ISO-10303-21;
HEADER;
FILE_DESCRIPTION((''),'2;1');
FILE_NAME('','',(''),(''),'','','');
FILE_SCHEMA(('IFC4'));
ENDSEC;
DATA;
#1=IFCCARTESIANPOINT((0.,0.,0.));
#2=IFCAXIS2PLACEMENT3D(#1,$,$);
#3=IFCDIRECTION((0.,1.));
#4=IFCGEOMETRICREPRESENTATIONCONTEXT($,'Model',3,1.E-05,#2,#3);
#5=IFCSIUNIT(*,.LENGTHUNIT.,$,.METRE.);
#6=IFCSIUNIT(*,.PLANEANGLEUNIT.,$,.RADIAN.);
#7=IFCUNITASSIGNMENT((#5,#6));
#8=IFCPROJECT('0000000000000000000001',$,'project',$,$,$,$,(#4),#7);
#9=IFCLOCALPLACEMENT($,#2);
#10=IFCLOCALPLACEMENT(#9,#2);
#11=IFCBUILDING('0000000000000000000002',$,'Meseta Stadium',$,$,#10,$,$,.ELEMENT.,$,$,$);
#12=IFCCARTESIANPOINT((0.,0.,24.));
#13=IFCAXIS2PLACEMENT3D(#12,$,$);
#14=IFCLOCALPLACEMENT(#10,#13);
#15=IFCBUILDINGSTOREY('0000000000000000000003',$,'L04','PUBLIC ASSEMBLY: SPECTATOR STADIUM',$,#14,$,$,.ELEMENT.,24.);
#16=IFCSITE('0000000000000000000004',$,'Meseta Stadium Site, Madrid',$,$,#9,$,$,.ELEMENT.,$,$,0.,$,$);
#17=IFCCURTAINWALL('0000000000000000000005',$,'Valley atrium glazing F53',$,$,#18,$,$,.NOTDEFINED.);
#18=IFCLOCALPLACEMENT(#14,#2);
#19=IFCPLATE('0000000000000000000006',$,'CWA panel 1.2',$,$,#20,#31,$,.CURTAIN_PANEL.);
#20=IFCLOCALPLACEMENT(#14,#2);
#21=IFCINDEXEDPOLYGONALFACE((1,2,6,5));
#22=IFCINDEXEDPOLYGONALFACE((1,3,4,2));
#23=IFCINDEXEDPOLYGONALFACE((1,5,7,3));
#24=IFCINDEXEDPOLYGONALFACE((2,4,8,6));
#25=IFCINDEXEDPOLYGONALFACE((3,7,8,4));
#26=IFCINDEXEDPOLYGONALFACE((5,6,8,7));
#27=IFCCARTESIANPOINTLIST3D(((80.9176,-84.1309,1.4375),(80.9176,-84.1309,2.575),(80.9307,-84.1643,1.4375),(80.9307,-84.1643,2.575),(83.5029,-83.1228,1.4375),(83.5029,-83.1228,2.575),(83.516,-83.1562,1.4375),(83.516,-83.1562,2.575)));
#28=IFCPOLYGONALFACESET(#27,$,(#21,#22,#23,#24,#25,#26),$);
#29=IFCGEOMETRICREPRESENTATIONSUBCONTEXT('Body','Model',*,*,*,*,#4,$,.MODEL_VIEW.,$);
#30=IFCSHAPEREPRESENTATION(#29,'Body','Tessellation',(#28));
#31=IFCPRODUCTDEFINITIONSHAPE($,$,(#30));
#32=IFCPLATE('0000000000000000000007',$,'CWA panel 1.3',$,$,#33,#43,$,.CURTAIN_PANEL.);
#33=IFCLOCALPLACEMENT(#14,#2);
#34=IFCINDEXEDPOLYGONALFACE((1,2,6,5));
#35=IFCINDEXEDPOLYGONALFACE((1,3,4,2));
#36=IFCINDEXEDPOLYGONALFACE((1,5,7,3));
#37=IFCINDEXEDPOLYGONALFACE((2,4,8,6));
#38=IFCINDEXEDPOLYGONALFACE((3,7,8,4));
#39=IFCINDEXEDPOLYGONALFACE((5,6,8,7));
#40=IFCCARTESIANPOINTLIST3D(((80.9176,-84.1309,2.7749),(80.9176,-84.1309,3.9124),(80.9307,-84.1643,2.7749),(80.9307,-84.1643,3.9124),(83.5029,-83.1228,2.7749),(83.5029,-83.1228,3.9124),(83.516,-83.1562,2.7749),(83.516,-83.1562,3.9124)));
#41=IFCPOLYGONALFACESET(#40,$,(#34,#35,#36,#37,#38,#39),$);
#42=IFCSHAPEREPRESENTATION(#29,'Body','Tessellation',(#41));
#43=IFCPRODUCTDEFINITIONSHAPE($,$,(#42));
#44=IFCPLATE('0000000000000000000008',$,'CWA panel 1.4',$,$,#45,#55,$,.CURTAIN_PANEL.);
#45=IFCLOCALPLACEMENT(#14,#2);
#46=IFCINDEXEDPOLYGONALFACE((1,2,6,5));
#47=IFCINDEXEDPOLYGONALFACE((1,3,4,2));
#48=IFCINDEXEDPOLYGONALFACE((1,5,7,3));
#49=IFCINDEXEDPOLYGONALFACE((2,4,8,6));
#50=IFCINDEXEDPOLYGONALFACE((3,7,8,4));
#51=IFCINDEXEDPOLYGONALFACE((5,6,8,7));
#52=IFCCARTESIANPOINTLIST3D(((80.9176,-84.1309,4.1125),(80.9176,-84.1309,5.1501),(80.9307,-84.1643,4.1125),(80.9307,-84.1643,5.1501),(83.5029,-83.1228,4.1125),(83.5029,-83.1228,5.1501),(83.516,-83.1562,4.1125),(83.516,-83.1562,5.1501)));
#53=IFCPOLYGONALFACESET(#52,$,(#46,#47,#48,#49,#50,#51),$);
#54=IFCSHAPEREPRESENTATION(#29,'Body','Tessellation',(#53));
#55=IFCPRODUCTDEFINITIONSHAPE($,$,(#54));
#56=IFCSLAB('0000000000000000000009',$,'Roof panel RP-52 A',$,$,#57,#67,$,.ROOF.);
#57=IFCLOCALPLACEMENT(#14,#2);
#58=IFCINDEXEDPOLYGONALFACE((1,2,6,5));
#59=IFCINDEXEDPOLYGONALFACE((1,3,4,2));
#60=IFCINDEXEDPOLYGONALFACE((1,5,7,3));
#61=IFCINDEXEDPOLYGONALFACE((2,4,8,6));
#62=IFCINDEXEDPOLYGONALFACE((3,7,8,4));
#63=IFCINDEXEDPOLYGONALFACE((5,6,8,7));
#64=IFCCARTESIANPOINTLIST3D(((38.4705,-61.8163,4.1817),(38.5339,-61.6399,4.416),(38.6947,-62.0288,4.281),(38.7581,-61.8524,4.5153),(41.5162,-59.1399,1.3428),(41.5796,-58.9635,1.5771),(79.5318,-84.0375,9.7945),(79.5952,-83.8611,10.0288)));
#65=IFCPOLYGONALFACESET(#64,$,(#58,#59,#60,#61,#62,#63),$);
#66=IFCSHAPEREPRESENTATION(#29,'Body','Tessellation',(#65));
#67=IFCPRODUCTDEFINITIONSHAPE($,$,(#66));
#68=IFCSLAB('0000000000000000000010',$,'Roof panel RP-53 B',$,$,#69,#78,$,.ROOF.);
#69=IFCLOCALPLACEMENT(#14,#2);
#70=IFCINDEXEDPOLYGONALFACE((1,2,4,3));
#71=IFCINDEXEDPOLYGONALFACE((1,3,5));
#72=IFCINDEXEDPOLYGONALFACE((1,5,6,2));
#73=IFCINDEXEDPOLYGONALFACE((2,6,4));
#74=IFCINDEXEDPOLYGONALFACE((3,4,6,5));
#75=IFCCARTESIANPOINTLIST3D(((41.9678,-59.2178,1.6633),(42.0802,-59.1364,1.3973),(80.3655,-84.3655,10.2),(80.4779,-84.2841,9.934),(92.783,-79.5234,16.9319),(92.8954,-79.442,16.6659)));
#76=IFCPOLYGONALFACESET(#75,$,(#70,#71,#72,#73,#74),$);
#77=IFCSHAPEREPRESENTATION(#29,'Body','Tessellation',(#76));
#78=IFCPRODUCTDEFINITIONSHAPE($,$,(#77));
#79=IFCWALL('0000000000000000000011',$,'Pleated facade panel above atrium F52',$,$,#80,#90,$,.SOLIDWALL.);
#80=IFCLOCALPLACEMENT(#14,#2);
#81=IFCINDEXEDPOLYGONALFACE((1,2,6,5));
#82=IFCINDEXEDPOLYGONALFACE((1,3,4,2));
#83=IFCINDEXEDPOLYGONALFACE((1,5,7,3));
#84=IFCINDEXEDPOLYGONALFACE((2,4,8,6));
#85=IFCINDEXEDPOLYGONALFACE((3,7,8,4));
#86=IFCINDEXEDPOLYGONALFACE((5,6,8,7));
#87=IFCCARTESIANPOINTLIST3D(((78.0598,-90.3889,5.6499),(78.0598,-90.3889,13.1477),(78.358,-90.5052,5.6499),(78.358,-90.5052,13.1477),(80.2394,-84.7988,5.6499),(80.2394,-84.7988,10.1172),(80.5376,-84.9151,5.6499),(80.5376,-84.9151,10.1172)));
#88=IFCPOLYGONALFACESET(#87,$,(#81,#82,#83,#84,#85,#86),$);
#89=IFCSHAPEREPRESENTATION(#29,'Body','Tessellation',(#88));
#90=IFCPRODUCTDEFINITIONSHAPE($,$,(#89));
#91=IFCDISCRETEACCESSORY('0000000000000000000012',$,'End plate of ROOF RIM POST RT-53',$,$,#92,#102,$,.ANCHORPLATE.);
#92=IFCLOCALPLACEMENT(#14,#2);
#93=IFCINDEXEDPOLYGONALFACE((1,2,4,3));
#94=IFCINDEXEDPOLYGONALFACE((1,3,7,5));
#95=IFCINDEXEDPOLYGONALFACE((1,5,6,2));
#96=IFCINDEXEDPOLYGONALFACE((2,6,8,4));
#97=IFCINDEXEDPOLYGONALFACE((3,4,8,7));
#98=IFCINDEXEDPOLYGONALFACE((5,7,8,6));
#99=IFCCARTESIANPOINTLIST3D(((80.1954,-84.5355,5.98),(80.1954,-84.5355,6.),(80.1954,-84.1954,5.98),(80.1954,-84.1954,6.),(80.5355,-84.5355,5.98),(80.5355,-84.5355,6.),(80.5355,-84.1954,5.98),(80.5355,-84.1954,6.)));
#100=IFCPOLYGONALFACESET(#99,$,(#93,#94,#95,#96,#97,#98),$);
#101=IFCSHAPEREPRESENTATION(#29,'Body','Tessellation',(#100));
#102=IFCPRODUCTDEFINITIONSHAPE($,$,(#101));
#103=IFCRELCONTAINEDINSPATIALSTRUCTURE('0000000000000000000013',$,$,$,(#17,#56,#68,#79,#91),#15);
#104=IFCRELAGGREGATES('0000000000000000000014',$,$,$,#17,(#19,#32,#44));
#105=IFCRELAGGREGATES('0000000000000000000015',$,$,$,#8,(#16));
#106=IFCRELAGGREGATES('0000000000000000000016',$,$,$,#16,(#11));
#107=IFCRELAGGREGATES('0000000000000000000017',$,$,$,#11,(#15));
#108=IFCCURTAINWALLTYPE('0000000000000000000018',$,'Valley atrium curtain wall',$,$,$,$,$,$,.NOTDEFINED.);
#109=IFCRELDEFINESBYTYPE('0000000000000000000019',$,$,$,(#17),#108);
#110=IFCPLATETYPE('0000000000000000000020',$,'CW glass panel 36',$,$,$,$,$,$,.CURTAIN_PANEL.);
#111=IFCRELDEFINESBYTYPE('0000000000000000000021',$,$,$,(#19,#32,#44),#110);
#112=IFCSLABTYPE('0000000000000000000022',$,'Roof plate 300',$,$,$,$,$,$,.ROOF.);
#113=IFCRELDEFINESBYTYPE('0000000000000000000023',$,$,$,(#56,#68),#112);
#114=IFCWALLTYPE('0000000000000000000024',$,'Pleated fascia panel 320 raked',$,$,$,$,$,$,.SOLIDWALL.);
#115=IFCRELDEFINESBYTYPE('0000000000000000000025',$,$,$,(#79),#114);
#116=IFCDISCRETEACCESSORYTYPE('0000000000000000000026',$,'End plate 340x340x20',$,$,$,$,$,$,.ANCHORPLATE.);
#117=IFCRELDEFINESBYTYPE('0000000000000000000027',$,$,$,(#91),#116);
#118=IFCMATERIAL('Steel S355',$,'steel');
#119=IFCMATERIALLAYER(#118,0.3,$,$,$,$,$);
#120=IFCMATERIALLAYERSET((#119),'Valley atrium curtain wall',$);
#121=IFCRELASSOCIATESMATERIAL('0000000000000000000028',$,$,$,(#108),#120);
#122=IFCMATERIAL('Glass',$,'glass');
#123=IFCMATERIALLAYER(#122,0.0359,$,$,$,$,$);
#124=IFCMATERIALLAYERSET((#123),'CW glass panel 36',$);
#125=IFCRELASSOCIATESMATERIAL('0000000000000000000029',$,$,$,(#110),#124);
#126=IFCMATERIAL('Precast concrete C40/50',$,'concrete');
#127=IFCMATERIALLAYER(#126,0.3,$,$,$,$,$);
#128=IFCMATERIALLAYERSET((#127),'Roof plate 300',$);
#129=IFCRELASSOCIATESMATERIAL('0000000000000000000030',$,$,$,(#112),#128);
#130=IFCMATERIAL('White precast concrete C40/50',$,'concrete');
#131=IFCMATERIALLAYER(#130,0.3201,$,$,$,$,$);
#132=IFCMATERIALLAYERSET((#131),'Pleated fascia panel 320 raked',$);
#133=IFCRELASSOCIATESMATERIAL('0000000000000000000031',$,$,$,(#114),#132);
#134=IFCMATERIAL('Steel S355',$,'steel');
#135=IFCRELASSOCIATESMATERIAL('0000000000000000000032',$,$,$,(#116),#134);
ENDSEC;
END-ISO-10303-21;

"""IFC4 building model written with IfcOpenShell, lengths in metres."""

from ifc_helpers import new_model, si_unit, direction, frame, origin, origin_2d, place, context, subcontext, project, spatial, polyline, rectangle, outline, extrude, material, layer, layer_set, material_profile, profile_set, type_object, element, aggregate, save


model = new_model("IFC4")

# Units and contexts
model_context = context("Model", 3, precision=1e-05, world=origin(), true_north=direction((0.0, 1.0)))
body_context = subcontext(model_context, "Body", "Model", "MODEL_VIEW")
ifc_project = project(units=[si_unit("LENGTHUNIT", "METRE"), si_unit("PLANEANGLEUNIT", "RADIAN")], contexts=[model_context])

# Site, building, storey
site_placement = place(None, origin())
site = spatial("IfcSite", under=ifc_project, at=site_placement, Name="Meseta Stadium Site, Madrid", CompositionType="ELEMENT", RefElevation=0.0)
building_placement = place(site_placement, origin())
building = spatial("IfcBuilding", under=site, at=building_placement, Name="Meseta Stadium", CompositionType="ELEMENT")
storey_placement = place(building_placement, frame((0.0, 0.0, 24.0)))
storey = spatial("IfcBuildingStorey", under=building, at=storey_placement, Name="L04", Description="PUBLIC ASSEMBLY: SPECTATOR STADIUM", CompositionType="ELEMENT", Elevation=24.0)

# Shared definitions
ifc_material_1 = material(Name="Steel S355", Category="steel")
ifc_layer_1 = layer(ifc_material_1, 0.3)
ifc_layer_set_1 = layer_set([ifc_layer_1], Name="Valley atrium curtain wall")
curtain_wall_type = type_object("IfcCurtainWallType", Name="Valley atrium curtain wall", PredefinedType="NOTDEFINED", material=ifc_layer_set_1)

# Curtain wall
curtain_wall_1_placement = place(storey_placement, origin())
curtain_wall_1 = element("IfcCurtainWall", 1, at=curtain_wall_1_placement, inside=storey, type_object=curtain_wall_type, Name="Valley atrium glazing F53", PredefinedType="NOTDEFINED")

# Plates
ifc_material_2 = material(Name="Glass", Category="glass")
ifc_layer_2 = layer(ifc_material_2, 0.0359)
ifc_layer_set_2 = layer_set([ifc_layer_2], Name="CW glass panel 36")
plate_type_1 = type_object("IfcPlateType", Name="CW glass panel 36", PredefinedType="CURTAIN_PANEL", material=ifc_layer_set_2)
plate_1_placement = place(storey_placement, frame((82.2168, -83.6436, 1.4375), z_axis=(0.0, 0.0, 1.0), x_axis=(0.93168, 0.36328, 0.0)))
plate_1 = element("IfcPlate", 2, at=plate_1_placement, type_object=plate_type_1, Name="CWA panel 1.2", PredefinedType="CURTAIN_PANEL", context=body_context, shape_type="SweptSolid", body=[
    extrude(rectangle(XDim=2.7749, YDim=0.0359, at=origin_2d()), origin(), (0.0, 0.0, 1.0), 1.1375),
])
plate_2_placement = place(storey_placement, frame((82.2168, -83.6436, 2.7749), z_axis=(0.0, 0.0, 1.0), x_axis=(0.93168, 0.36328, 0.0)))
plate_2 = element("IfcPlate", 3, at=plate_2_placement, type_object=plate_type_1, Name="CWA panel 1.3", PredefinedType="CURTAIN_PANEL", context=body_context, shape_type="SweptSolid", body=[
    extrude(rectangle(XDim=2.7749, YDim=0.0359, at=origin_2d()), origin(), (0.0, 0.0, 1.0), 1.1375),
])
plate_3_placement = place(storey_placement, frame((82.2168, -83.6436, 4.1125), z_axis=(0.0, 0.0, 1.0), x_axis=(0.93168, 0.36328, 0.0)))
plate_3 = element("IfcPlate", 4, at=plate_3_placement, type_object=plate_type_1, Name="CWA panel 1.4", PredefinedType="CURTAIN_PANEL", context=body_context, shape_type="SweptSolid", body=[
    extrude(rectangle(XDim=2.7749, YDim=0.0359, at=origin_2d()), origin(), (0.0, 0.0, 1.0), 1.0376),
])
aggregate(curtain_wall_1, [plate_1, plate_2, plate_3])

# Slabs
ifc_material_3 = material(Name="Precast concrete C40/50", Category="concrete")
ifc_layer_3 = layer(ifc_material_3, 0.3)
ifc_layer_set_3 = layer_set([ifc_layer_3], Name="Roof plate 300")
slab_type = type_object("IfcSlabType", Name="Roof plate 300", PredefinedType="ROOF", material=ifc_layer_set_3)
slab_1_placement = place(storey_placement, frame((79.5952, -83.8611, 10.0288), z_axis=(0.211359, 0.587806, 0.780904), x_axis=(-0.82245, 0.538648, -0.182849)))
element("IfcSlab", 5, at=slab_1_placement, inside=storey, type_object=slab_type, Name="Roof panel RP-52 A", PredefinedType="ROOF", context=body_context, shape_type="SweptSolid", body=[
    extrude(outline(polyline([(0.0, 0.0), (46.2224, 0.0), (46.7666, 4.9196), (46.4496, 4.9888), (0.0, 0.0)])), origin(), (0.0, 0.0, -1.0), 0.3),
])
slab_2_placement = place(storey_placement, frame((80.3655, -84.3655, 10.2), z_axis=(-0.3748, -0.271343, 0.886509), x_axis=(-0.822452, 0.538646, -0.182848)))
element("IfcSlab", 6, at=slab_2_placement, inside=storey, type_object=slab_type, Name="Roof panel RP-53 B", PredefinedType="ROOF", context=body_context, shape_type="SweptSolid", body=[
    extrude(outline(polyline([(0.0, 0.0), (46.6869, 0.0), (-8.8356, -12.0371), (0.0, 0.0)])), origin(), (0.0, 0.0, -1.0), 0.3),
])

# Wall
ifc_material_4 = material(Name="White precast concrete C40/50", Category="concrete")
ifc_layer_4 = layer(ifc_material_4, 0.3201)
ifc_layer_set_4 = layer_set([ifc_layer_4], Name="Pleated fascia panel 320 raked")
wall_type = type_object("IfcWallType", Name="Pleated fascia panel 320 raked", PredefinedType="SOLIDWALL", material=ifc_layer_set_4)
wall_placement = place(storey_placement, frame((80.3884, -84.8569, 5.6499), z_axis=(0.0, 0.0, 1.0), x_axis=(-0.363281, -0.93168, 0.0)))
element("IfcWall", 7, at=wall_placement, inside=storey, type_object=wall_type, Name="Pleated facade panel above atrium F52", PredefinedType="SOLIDWALL", context=body_context, shape_type="SweptSolid", body=[
    extrude(outline(polyline([(0.0, 0.0), (6.0, 0.0), (6.0, 7.4978), (0.0, 4.4673), (0.0, 0.0)])), frame((0.0, 0.1602, 0.0), z_axis=(0.0, -1.0, 0.0), x_axis=(1.0, 0.0, 0.0)), (0.0, 0.0, 1.0), 0.3201),
])

# Discrete accessory
ifc_material_5 = material(Name="Steel S355", Category="steel")
ifc_material_profile_1 = material_profile(ifc_material_5, rectangle(XDim=0.3401, YDim=0.3401, at=origin_2d()), Name="PL 340x340")
ifc_profile_set_1 = profile_set([ifc_material_profile_1], Name="Steel S355")
discrete_accessory_type = type_object("IfcDiscreteAccessoryType", Name="End plate 340x340x20", PredefinedType="ANCHORPLATE", material=ifc_profile_set_1)
discrete_accessory_placement = place(storey_placement, frame((80.3655, -84.3655, 5.98), z_axis=(0.0, 0.0, 1.0), x_axis=(1.0, 0.0, 0.0)))
element("IfcDiscreteAccessory", 8, at=discrete_accessory_placement, inside=storey, type_object=discrete_accessory_type, Name="End plate of ROOF RIM POST RT-53", PredefinedType="ANCHORPLATE", context=body_context, shape_type="SweptSolid", body=[
    extrude(rectangle(XDim=0.3401, YDim=0.3401, at=origin_2d()), origin(), (0.0, 0.0, 1.0), 0.02),
])

save(model, "model.ifc")
